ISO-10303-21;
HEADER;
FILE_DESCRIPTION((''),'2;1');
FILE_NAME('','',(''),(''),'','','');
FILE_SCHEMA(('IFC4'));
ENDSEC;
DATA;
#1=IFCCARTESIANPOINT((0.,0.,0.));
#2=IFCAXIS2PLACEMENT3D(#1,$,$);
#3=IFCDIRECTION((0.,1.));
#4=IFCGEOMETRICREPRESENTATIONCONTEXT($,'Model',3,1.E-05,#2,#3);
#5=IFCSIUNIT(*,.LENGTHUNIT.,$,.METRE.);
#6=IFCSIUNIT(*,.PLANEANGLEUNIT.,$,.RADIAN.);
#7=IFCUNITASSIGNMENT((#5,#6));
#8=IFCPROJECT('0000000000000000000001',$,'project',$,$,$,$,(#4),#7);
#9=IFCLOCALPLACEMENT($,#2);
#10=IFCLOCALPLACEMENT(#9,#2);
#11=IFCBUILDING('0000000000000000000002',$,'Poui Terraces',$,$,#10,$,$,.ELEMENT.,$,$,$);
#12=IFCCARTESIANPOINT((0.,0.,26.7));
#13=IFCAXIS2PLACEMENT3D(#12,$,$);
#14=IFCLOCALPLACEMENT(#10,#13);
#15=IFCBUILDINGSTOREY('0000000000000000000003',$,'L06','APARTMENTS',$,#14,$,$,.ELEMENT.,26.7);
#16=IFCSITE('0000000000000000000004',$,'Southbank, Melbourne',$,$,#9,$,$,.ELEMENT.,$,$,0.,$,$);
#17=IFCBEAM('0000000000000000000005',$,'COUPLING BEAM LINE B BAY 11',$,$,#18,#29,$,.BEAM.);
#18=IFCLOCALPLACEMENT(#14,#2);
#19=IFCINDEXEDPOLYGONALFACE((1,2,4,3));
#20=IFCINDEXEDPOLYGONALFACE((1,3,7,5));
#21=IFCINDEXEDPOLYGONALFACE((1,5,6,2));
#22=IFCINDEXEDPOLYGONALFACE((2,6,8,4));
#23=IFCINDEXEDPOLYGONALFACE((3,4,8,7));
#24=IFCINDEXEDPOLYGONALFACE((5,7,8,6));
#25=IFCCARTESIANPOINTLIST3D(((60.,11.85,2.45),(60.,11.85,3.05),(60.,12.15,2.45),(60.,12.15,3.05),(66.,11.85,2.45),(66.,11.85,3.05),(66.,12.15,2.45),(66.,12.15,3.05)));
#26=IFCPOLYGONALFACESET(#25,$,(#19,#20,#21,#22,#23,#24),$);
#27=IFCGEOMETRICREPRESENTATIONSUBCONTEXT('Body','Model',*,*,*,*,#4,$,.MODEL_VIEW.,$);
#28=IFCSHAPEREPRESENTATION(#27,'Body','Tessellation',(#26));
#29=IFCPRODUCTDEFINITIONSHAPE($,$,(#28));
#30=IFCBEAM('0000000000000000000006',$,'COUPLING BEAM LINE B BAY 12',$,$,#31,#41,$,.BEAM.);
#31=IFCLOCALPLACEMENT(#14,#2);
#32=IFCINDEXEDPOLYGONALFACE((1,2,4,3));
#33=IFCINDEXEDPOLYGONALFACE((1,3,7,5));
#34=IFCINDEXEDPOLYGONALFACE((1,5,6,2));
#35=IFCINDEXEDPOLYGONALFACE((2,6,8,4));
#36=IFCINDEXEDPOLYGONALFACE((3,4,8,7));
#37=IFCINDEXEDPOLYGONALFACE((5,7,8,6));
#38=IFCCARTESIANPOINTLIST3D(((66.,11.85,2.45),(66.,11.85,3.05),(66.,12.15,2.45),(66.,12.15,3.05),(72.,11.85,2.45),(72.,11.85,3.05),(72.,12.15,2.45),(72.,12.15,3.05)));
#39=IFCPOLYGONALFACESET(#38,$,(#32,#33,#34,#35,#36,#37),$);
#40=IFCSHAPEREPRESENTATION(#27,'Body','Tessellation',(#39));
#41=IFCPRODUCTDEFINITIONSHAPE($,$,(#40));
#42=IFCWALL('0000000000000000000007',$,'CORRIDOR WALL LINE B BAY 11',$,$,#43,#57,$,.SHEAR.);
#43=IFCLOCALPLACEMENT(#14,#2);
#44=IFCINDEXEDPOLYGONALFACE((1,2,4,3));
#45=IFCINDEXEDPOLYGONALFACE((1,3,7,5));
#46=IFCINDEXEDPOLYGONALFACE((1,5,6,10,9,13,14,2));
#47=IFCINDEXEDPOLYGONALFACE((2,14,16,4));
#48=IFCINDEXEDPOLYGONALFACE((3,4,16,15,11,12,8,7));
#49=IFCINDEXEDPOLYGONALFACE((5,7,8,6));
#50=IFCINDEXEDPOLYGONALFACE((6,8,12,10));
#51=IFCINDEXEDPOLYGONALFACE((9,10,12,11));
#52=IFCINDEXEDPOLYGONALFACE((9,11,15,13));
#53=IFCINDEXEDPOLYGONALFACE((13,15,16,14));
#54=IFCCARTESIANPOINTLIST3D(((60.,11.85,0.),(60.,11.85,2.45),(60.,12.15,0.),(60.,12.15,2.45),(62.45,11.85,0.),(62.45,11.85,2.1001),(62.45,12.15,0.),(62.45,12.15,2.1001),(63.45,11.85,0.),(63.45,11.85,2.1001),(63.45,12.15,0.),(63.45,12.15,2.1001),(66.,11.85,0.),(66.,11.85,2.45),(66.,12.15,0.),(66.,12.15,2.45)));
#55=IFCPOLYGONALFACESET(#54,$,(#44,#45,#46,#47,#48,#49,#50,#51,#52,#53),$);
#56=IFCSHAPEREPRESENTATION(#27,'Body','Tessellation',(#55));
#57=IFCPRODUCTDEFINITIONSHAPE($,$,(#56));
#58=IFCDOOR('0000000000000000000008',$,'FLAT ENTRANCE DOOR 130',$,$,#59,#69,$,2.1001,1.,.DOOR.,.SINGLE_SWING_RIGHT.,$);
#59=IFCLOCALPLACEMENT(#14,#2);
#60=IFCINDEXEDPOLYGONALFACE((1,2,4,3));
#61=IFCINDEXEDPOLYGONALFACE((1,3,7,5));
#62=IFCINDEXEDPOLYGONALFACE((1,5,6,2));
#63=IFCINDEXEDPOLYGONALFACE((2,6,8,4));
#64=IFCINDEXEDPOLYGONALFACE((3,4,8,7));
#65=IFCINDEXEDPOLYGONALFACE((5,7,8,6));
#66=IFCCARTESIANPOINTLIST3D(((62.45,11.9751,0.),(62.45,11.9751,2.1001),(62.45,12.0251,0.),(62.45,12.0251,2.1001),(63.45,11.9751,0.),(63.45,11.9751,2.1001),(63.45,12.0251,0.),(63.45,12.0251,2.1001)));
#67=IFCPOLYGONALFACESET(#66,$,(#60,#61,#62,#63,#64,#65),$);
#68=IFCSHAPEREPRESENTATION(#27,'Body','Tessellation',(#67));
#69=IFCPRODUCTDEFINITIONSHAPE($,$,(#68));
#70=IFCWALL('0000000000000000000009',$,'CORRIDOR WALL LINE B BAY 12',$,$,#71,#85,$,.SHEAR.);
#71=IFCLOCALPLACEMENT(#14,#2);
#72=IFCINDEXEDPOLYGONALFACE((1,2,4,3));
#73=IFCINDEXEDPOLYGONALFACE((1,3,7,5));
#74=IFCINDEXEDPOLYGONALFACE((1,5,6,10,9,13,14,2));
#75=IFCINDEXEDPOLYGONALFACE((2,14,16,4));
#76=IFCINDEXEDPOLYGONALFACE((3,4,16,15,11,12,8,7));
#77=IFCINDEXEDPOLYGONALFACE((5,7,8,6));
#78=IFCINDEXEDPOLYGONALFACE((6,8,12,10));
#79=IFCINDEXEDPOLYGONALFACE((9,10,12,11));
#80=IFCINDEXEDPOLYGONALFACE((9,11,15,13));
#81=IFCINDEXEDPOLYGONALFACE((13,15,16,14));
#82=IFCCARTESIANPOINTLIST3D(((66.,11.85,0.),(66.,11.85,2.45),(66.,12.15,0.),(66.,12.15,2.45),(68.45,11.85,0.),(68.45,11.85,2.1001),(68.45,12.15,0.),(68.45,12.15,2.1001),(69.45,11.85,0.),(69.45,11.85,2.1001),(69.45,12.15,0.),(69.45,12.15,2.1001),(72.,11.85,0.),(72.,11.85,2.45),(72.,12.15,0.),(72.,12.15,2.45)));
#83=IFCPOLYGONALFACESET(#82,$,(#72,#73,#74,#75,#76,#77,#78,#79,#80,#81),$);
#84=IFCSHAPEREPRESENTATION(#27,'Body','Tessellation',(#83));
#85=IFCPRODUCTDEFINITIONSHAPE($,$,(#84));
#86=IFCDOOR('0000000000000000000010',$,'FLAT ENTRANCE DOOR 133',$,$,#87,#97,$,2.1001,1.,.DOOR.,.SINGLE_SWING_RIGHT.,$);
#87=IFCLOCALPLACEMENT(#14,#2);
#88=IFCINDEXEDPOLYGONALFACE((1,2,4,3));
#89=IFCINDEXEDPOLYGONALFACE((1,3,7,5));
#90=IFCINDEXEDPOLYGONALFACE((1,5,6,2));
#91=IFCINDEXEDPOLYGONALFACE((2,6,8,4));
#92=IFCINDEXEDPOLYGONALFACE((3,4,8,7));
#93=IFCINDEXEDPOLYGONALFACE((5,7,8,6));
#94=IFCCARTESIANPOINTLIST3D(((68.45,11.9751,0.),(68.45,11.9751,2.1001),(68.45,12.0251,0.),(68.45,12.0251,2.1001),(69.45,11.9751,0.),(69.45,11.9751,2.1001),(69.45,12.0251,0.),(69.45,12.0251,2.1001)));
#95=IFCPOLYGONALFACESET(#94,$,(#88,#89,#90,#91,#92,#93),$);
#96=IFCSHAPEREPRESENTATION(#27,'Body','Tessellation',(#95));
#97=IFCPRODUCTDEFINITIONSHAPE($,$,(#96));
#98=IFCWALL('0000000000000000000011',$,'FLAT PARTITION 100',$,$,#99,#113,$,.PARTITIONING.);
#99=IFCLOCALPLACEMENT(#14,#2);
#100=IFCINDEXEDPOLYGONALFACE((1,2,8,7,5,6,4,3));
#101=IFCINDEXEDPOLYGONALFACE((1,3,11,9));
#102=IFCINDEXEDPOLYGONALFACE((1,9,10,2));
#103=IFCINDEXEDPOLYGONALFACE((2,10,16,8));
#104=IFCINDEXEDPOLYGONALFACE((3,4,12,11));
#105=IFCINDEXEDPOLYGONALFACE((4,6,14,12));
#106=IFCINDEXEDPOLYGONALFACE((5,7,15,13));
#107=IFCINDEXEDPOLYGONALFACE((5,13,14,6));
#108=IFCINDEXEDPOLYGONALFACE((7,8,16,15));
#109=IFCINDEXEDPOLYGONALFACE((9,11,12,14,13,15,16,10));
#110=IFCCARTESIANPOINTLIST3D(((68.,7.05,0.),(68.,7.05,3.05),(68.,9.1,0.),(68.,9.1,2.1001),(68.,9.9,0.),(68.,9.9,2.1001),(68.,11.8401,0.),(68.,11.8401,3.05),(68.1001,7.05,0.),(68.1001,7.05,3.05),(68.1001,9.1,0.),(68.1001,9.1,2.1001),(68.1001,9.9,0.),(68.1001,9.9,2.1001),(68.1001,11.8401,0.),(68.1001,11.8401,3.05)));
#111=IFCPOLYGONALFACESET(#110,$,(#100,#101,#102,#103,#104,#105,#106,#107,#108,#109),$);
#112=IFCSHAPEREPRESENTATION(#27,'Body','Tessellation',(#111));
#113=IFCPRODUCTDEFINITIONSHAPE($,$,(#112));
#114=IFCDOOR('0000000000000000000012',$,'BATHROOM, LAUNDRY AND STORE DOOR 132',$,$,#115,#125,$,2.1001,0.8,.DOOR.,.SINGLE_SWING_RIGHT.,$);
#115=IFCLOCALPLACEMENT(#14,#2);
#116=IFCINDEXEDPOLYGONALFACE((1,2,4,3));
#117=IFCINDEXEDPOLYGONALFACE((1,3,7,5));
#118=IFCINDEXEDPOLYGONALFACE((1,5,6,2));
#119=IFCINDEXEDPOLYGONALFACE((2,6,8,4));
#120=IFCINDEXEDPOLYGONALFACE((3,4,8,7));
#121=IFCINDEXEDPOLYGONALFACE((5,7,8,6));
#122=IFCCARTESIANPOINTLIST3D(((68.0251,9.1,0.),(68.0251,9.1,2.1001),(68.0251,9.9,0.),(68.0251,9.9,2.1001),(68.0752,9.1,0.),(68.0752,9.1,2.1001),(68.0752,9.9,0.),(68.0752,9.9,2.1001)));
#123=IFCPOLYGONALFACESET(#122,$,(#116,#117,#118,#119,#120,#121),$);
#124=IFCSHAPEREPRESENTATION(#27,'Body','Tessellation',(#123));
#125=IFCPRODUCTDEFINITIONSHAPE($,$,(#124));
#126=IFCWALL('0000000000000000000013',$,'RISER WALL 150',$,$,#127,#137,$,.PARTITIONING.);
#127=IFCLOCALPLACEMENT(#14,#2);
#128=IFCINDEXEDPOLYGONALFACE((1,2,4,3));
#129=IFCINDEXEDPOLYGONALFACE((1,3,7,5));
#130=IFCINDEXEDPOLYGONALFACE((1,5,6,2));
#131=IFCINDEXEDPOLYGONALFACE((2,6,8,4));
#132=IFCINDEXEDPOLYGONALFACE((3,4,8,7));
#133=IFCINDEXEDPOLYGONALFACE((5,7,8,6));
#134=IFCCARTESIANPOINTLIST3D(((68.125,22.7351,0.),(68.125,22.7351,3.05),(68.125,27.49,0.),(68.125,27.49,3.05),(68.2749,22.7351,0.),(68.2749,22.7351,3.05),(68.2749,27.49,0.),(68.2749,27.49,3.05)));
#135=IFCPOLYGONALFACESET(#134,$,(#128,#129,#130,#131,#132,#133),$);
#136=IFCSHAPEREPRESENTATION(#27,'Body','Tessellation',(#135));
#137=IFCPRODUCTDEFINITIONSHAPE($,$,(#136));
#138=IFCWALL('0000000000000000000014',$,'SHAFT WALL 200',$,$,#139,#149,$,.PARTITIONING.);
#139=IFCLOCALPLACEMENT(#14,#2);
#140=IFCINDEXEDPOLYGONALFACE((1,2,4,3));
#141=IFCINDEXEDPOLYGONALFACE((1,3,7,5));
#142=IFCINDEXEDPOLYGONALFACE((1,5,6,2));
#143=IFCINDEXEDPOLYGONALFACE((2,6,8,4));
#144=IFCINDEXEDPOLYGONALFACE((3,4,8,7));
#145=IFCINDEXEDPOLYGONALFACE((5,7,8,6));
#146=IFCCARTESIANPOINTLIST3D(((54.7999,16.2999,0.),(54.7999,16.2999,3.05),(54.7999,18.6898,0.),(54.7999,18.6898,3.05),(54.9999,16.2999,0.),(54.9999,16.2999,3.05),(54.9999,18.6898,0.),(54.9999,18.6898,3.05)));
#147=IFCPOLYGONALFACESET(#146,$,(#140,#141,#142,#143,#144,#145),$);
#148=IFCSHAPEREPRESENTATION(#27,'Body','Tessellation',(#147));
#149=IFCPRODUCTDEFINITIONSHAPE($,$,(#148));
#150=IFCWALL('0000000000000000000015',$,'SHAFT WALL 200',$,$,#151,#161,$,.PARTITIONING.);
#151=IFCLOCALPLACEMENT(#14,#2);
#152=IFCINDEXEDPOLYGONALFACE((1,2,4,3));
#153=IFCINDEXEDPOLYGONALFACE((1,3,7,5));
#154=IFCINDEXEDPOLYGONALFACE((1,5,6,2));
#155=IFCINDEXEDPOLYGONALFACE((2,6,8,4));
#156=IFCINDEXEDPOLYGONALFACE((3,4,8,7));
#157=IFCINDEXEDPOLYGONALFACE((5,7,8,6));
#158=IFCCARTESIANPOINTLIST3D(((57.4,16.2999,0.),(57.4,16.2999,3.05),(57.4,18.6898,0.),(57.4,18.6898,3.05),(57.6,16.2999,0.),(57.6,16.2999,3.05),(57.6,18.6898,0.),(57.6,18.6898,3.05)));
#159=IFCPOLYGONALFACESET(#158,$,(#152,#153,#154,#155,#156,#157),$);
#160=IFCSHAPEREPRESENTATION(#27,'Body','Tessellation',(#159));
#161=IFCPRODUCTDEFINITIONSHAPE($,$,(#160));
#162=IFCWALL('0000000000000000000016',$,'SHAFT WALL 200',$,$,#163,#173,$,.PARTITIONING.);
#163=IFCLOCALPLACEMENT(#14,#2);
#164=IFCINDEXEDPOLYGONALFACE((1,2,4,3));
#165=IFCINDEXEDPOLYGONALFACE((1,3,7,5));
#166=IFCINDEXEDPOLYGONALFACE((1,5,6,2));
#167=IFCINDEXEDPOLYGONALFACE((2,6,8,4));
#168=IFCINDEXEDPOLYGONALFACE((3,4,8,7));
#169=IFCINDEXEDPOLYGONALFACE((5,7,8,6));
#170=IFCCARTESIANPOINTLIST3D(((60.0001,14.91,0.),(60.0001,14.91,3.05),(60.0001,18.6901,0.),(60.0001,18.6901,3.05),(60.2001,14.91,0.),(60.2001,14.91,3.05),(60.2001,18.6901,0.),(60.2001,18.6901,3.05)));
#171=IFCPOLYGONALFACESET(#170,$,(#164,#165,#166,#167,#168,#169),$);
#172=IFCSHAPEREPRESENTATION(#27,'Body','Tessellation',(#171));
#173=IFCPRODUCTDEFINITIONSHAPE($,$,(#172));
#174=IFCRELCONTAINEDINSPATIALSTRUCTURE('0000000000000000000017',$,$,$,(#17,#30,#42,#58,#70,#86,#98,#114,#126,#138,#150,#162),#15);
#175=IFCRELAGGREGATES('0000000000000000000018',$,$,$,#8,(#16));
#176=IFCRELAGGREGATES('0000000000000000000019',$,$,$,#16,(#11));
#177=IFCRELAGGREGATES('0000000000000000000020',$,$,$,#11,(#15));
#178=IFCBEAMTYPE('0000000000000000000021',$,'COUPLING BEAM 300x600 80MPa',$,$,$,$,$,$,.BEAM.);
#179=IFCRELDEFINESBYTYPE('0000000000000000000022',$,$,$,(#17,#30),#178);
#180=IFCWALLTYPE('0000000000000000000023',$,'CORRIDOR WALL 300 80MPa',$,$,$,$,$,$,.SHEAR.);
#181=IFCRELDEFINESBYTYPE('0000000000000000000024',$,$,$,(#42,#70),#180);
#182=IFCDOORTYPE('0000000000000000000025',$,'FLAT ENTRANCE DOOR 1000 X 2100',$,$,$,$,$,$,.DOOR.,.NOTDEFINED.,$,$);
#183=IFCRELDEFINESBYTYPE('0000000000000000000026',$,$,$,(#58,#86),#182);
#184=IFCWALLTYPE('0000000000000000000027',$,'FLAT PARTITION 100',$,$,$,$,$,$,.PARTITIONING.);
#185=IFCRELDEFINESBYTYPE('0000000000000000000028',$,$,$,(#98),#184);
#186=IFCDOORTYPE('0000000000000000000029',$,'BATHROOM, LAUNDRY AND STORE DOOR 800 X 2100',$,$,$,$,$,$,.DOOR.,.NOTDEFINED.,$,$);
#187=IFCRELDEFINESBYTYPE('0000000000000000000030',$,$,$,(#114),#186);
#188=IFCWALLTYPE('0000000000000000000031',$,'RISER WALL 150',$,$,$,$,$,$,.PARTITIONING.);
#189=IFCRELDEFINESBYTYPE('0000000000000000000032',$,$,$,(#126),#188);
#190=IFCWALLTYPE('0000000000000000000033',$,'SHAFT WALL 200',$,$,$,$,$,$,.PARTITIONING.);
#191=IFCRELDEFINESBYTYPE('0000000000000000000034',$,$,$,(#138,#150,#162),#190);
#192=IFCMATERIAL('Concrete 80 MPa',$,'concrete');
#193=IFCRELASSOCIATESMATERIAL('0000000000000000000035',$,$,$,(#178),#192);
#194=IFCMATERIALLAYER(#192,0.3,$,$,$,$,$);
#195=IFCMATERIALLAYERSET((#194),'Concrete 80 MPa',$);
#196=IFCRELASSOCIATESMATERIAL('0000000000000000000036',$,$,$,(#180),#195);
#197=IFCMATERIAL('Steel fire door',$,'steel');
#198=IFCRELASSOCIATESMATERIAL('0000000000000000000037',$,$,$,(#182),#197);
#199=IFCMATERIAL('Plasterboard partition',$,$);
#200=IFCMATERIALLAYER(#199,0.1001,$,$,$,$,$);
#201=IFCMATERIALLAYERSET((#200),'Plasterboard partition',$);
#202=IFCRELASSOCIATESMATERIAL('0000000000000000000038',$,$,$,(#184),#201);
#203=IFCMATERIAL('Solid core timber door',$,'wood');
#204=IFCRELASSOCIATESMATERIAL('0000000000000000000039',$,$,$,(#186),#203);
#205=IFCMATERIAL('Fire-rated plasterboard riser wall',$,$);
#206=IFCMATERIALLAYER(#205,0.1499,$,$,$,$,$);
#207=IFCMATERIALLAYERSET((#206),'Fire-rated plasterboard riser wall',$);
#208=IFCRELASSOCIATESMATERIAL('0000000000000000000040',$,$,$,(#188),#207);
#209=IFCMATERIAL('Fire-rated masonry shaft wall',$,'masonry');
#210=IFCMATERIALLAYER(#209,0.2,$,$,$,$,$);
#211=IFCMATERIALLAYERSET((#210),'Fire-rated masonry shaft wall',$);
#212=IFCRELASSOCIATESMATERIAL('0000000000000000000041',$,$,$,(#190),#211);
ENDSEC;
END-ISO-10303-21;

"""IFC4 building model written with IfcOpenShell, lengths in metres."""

from ifc_helpers import new_model, si_unit, direction, frame, frame_2d, origin, origin_2d, place, context, subcontext, project, spatial, rectangle, extrude, source, transform, mapped, material, layer, layer_set, material_profile, profile_set, type_object, element, fill, save


model = new_model("IFC4")

# Units and contexts
model_context = context("Model", 3, precision=1e-05, world=origin(), true_north=direction((0.0, 1.0)))
body_context = subcontext(model_context, "Body", "Model", "MODEL_VIEW")
ifc_project = project(units=[si_unit("LENGTHUNIT", "METRE"), si_unit("PLANEANGLEUNIT", "RADIAN")], contexts=[model_context])

# Site, building, storey
site_placement = place(None, origin())
site = spatial("IfcSite", under=ifc_project, at=site_placement, Name="Southbank, Melbourne", CompositionType="ELEMENT", RefElevation=0.0)
building_placement = place(site_placement, origin())
building = spatial("IfcBuilding", under=site, at=building_placement, Name="Poui Terraces", CompositionType="ELEMENT")
storey_placement = place(building_placement, frame((0.0, 0.0, 26.7)))
storey = spatial("IfcBuildingStorey", under=building, at=storey_placement, Name="L06", Description="APARTMENTS", CompositionType="ELEMENT", Elevation=26.7)

# Beams
ifc_material_1 = material(Name="Concrete 80 MPa", Category="concrete")
ifc_material_profile = material_profile(ifc_material_1, rectangle(XDim=0.3, YDim=0.6001, at=origin_2d()), Name="RC 300x600")
ifc_profile_set = profile_set([ifc_material_profile], Name="Concrete 80 MPa")
beam_type = type_object("IfcBeamType", Name="COUPLING BEAM 300x600 80MPa", PredefinedType="BEAM", material=ifc_profile_set)
shared_shape = source(origin(), body_context, "Body", "SweptSolid", [
    extrude(rectangle(XDim=0.3, YDim=0.6001, at=origin_2d()), origin(), (0.0, 0.0, 1.0), 6.0),
])
for number, where, z_axis, x_axis, name in (
    (1, (60.0, 12.0, 2.75), (1.0, 0.0, 0.0), (0.0, 1.0, 0.0), "COUPLING BEAM LINE B BAY 11"),
    (2, (66.0, 12.0, 2.75), (1.0, 0.0, 0.0), (0.0, 1.0, 0.0), "COUPLING BEAM LINE B BAY 12"),
):
    element("IfcBeam", number, at=place(storey_placement, frame(where, z_axis=z_axis, x_axis=x_axis)), inside=storey, type_object=beam_type, Name=name, PredefinedType="BEAM", context=body_context, shape_type="MappedRepresentation", body=[
        mapped(shared_shape, transform((0.0, 0.0, 0.0))),
    ])

# Walls, openings, doors
ifc_layer_1 = layer(ifc_material_1, 0.3)
ifc_layer_set_1 = layer_set([ifc_layer_1], Name="Concrete 80 MPa")
wall_type_1 = type_object("IfcWallType", Name="CORRIDOR WALL 300 80MPa", PredefinedType="SHEAR", material=ifc_layer_set_1)
wall_1_placement = place(storey_placement, frame((60.0, 12.0, 0.0), z_axis=(0.0, 0.0, 1.0), x_axis=(1.0, 0.0, 0.0)))
wall_1 = element("IfcWall", 3, at=wall_1_placement, inside=storey, type_object=wall_type_1, Name="CORRIDOR WALL LINE B BAY 11", PredefinedType="SHEAR", context=body_context, shape_type="SweptSolid", body=[
    extrude(rectangle(XDim=6.0, YDim=0.3, at=frame_2d((3.0, 0.0))), origin(), (0.0, 0.0, 1.0), 2.45),
])
opening_1_placement = place(wall_1_placement, frame((2.45, 0.0, 0.0)))
opening_1 = element("IfcOpeningElement", 4, at=opening_1_placement, cuts=wall_1, PredefinedType="OPENING", context=body_context, shape_type="SweptSolid", body=[
    extrude(rectangle(XDim=1.0, YDim=2.1001, at=frame_2d((0.5, 1.05))), frame((0.0, 0.1602, 0.0), z_axis=(0.0, -1.0, 0.0), x_axis=(1.0, 0.0, 0.0)), (0.0, 0.0, 1.0), 0.3201),
])
ifc_material_2 = material(Name="Steel fire door", Category="steel")
door_type_1 = type_object("IfcDoorType", Name="FLAT ENTRANCE DOOR 1000 X 2100", OperationType="NOTDEFINED", PredefinedType="DOOR", material=ifc_material_2)
door_1_placement = place(opening_1_placement, frame((1.0, 0.0, 0.0), z_axis=(0.0, 0.0, 1.0), x_axis=(-1.0, 0.0, 0.0)))
door_1 = element("IfcDoor", 5, at=door_1_placement, inside=storey, type_object=door_type_1, Name="FLAT ENTRANCE DOOR 130", OperationType="SINGLE_SWING_RIGHT", OverallHeight=2.1001, OverallWidth=1.0, PredefinedType="DOOR", context=body_context, shape_type="SweptSolid", body=[
    extrude(rectangle(XDim=1.0, YDim=2.1001, at=frame_2d((0.5, 1.05))), frame((0.0, 0.0249, 0.0), z_axis=(0.0, -1.0, 0.0), x_axis=(1.0, 0.0, 0.0)), (0.0, 0.0, 1.0), 0.05),
])
fill(opening_1, door_1)
wall_2_placement = place(storey_placement, frame((66.0, 12.0, 0.0), z_axis=(0.0, 0.0, 1.0), x_axis=(1.0, 0.0, 0.0)))
wall_2 = element("IfcWall", 6, at=wall_2_placement, inside=storey, type_object=wall_type_1, Name="CORRIDOR WALL LINE B BAY 12", PredefinedType="SHEAR", context=body_context, shape_type="SweptSolid", body=[
    extrude(rectangle(XDim=6.0, YDim=0.3, at=frame_2d((3.0, 0.0))), origin(), (0.0, 0.0, 1.0), 2.45),
])
opening_2_placement = place(wall_2_placement, frame((2.45, 0.0, 0.0)))
opening_2 = element("IfcOpeningElement", 7, at=opening_2_placement, cuts=wall_2, PredefinedType="OPENING", context=body_context, shape_type="SweptSolid", body=[
    extrude(rectangle(XDim=1.0, YDim=2.1001, at=frame_2d((0.5, 1.05))), frame((0.0, 0.1602, 0.0), z_axis=(0.0, -1.0, 0.0), x_axis=(1.0, 0.0, 0.0)), (0.0, 0.0, 1.0), 0.3201),
])
door_2_placement = place(opening_2_placement, frame((1.0, 0.0, 0.0), z_axis=(0.0, 0.0, 1.0), x_axis=(-1.0, 0.0, 0.0)))
door_2 = element("IfcDoor", 8, at=door_2_placement, inside=storey, type_object=door_type_1, Name="FLAT ENTRANCE DOOR 133", OperationType="SINGLE_SWING_RIGHT", OverallHeight=2.1001, OverallWidth=1.0, PredefinedType="DOOR", context=body_context, shape_type="SweptSolid", body=[
    extrude(rectangle(XDim=1.0, YDim=2.1001, at=frame_2d((0.5, 1.05))), frame((0.0, 0.0249, 0.0), z_axis=(0.0, -1.0, 0.0), x_axis=(1.0, 0.0, 0.0)), (0.0, 0.0, 1.0), 0.05),
])
fill(opening_2, door_2)
ifc_material_3 = material(Name="Plasterboard partition")
ifc_layer_2 = layer(ifc_material_3, 0.1001)
ifc_layer_set_2 = layer_set([ifc_layer_2], Name="Plasterboard partition")
wall_type_2 = type_object("IfcWallType", Name="FLAT PARTITION 100", PredefinedType="PARTITIONING", material=ifc_layer_set_2)
wall_3_placement = place(storey_placement, frame((68.05, 7.05, 0.0), z_axis=(0.0, 0.0, 1.0), x_axis=(0.0, 1.0, 0.0)))
wall_3 = element("IfcWall", 9, at=wall_3_placement, inside=storey, type_object=wall_type_2, Name="FLAT PARTITION 100", PredefinedType="PARTITIONING", context=body_context, shape_type="SweptSolid", body=[
    extrude(rectangle(XDim=4.79, YDim=0.1001, at=frame_2d((2.395, 0.0))), origin(), (0.0, 0.0, 1.0), 3.05),
])
opening_3_placement = place(wall_3_placement, frame((2.05, 0.0, 0.0)))
opening_3 = element("IfcOpeningElement", 10, at=opening_3_placement, cuts=wall_3, PredefinedType="OPENING", context=body_context, shape_type="SweptSolid", body=[
    extrude(rectangle(XDim=0.8, YDim=2.1001, at=frame_2d((0.3999, 1.05))), frame((0.0, 0.0601, 0.0), z_axis=(0.0, -1.0, 0.0), x_axis=(1.0, 0.0, 0.0)), (0.0, 0.0, 1.0), 0.1201),
])
ifc_material_4 = material(Name="Solid core timber door", Category="wood")
door_type_2 = type_object("IfcDoorType", Name="BATHROOM, LAUNDRY AND STORE DOOR 800 X 2100", OperationType="NOTDEFINED", PredefinedType="DOOR", material=ifc_material_4)
door_3_placement = place(opening_3_placement, origin())
door_3 = element("IfcDoor", 11, at=door_3_placement, inside=storey, type_object=door_type_2, Name="BATHROOM, LAUNDRY AND STORE DOOR 132", OperationType="SINGLE_SWING_RIGHT", OverallHeight=2.1001, OverallWidth=0.8, PredefinedType="DOOR", context=body_context, shape_type="SweptSolid", body=[
    extrude(rectangle(XDim=0.8, YDim=2.1001, at=frame_2d((0.3999, 1.05))), frame((0.0, 0.0249, 0.0), z_axis=(0.0, -1.0, 0.0), x_axis=(1.0, 0.0, 0.0)), (0.0, 0.0, 1.0), 0.05),
])
fill(opening_3, door_3)

# Walls
ifc_material_5 = material(Name="Fire-rated plasterboard riser wall")
ifc_layer_3 = layer(ifc_material_5, 0.1499)
ifc_layer_set_3 = layer_set([ifc_layer_3], Name="Fire-rated plasterboard riser wall")
wall_type_3 = type_object("IfcWallType", Name="RISER WALL 150", PredefinedType="PARTITIONING", material=ifc_layer_set_3)
wall_4_placement = place(storey_placement, frame((68.2, 22.7351, 0.0), z_axis=(0.0, 0.0, 1.0), x_axis=(0.0, 1.0, 0.0)))
element("IfcWall", 12, at=wall_4_placement, inside=storey, type_object=wall_type_3, Name="RISER WALL 150", PredefinedType="PARTITIONING", context=body_context, shape_type="SweptSolid", body=[
    extrude(rectangle(XDim=4.7549, YDim=0.1499, at=frame_2d((2.3774, 0.0))), origin(), (0.0, 0.0, 1.0), 3.05),
])
ifc_material_6 = material(Name="Fire-rated masonry shaft wall", Category="masonry")
ifc_layer_4 = layer(ifc_material_6, 0.2)
ifc_layer_set_4 = layer_set([ifc_layer_4], Name="Fire-rated masonry shaft wall")
wall_type_4 = type_object("IfcWallType", Name="SHAFT WALL 200", PredefinedType="PARTITIONING", material=ifc_layer_set_4)
for number, where, z_axis, x_axis, name in (
    (13, (54.8999, 16.3, 0.0), (0.0, 0.0, 1.0), (0.0, 1.0, 0.0), "SHAFT WALL 200"),
    (14, (57.5, 16.3, 0.0), (0.0, 0.0, 1.0), (0.0, 1.0, 0.0), "SHAFT WALL 200"),
):
    element("IfcWall", number, at=place(storey_placement, frame(where, z_axis=z_axis, x_axis=x_axis)), inside=storey, type_object=wall_type_4, Name=name, PredefinedType="PARTITIONING", context=body_context, shape_type="SweptSolid", body=[
        extrude(rectangle(XDim=2.3899, YDim=0.2, at=frame_2d((1.1948, 0.0))), origin(), (0.0, 0.0, 1.0), 3.05),
    ])
wall_5_placement = place(storey_placement, frame((60.1001, 14.9099, 0.0), z_axis=(0.0, 0.0, 1.0), x_axis=(0.0, 1.0, 0.0)))
element("IfcWall", 15, at=wall_5_placement, inside=storey, type_object=wall_type_4, Name="SHAFT WALL 200", PredefinedType="PARTITIONING", context=body_context, shape_type="SweptSolid", body=[
    extrude(rectangle(XDim=3.78, YDim=0.2, at=frame_2d((1.8901, 0.0))), origin(), (0.0, 0.0, 1.0), 3.05),
])

save(model, "model.ifc")
